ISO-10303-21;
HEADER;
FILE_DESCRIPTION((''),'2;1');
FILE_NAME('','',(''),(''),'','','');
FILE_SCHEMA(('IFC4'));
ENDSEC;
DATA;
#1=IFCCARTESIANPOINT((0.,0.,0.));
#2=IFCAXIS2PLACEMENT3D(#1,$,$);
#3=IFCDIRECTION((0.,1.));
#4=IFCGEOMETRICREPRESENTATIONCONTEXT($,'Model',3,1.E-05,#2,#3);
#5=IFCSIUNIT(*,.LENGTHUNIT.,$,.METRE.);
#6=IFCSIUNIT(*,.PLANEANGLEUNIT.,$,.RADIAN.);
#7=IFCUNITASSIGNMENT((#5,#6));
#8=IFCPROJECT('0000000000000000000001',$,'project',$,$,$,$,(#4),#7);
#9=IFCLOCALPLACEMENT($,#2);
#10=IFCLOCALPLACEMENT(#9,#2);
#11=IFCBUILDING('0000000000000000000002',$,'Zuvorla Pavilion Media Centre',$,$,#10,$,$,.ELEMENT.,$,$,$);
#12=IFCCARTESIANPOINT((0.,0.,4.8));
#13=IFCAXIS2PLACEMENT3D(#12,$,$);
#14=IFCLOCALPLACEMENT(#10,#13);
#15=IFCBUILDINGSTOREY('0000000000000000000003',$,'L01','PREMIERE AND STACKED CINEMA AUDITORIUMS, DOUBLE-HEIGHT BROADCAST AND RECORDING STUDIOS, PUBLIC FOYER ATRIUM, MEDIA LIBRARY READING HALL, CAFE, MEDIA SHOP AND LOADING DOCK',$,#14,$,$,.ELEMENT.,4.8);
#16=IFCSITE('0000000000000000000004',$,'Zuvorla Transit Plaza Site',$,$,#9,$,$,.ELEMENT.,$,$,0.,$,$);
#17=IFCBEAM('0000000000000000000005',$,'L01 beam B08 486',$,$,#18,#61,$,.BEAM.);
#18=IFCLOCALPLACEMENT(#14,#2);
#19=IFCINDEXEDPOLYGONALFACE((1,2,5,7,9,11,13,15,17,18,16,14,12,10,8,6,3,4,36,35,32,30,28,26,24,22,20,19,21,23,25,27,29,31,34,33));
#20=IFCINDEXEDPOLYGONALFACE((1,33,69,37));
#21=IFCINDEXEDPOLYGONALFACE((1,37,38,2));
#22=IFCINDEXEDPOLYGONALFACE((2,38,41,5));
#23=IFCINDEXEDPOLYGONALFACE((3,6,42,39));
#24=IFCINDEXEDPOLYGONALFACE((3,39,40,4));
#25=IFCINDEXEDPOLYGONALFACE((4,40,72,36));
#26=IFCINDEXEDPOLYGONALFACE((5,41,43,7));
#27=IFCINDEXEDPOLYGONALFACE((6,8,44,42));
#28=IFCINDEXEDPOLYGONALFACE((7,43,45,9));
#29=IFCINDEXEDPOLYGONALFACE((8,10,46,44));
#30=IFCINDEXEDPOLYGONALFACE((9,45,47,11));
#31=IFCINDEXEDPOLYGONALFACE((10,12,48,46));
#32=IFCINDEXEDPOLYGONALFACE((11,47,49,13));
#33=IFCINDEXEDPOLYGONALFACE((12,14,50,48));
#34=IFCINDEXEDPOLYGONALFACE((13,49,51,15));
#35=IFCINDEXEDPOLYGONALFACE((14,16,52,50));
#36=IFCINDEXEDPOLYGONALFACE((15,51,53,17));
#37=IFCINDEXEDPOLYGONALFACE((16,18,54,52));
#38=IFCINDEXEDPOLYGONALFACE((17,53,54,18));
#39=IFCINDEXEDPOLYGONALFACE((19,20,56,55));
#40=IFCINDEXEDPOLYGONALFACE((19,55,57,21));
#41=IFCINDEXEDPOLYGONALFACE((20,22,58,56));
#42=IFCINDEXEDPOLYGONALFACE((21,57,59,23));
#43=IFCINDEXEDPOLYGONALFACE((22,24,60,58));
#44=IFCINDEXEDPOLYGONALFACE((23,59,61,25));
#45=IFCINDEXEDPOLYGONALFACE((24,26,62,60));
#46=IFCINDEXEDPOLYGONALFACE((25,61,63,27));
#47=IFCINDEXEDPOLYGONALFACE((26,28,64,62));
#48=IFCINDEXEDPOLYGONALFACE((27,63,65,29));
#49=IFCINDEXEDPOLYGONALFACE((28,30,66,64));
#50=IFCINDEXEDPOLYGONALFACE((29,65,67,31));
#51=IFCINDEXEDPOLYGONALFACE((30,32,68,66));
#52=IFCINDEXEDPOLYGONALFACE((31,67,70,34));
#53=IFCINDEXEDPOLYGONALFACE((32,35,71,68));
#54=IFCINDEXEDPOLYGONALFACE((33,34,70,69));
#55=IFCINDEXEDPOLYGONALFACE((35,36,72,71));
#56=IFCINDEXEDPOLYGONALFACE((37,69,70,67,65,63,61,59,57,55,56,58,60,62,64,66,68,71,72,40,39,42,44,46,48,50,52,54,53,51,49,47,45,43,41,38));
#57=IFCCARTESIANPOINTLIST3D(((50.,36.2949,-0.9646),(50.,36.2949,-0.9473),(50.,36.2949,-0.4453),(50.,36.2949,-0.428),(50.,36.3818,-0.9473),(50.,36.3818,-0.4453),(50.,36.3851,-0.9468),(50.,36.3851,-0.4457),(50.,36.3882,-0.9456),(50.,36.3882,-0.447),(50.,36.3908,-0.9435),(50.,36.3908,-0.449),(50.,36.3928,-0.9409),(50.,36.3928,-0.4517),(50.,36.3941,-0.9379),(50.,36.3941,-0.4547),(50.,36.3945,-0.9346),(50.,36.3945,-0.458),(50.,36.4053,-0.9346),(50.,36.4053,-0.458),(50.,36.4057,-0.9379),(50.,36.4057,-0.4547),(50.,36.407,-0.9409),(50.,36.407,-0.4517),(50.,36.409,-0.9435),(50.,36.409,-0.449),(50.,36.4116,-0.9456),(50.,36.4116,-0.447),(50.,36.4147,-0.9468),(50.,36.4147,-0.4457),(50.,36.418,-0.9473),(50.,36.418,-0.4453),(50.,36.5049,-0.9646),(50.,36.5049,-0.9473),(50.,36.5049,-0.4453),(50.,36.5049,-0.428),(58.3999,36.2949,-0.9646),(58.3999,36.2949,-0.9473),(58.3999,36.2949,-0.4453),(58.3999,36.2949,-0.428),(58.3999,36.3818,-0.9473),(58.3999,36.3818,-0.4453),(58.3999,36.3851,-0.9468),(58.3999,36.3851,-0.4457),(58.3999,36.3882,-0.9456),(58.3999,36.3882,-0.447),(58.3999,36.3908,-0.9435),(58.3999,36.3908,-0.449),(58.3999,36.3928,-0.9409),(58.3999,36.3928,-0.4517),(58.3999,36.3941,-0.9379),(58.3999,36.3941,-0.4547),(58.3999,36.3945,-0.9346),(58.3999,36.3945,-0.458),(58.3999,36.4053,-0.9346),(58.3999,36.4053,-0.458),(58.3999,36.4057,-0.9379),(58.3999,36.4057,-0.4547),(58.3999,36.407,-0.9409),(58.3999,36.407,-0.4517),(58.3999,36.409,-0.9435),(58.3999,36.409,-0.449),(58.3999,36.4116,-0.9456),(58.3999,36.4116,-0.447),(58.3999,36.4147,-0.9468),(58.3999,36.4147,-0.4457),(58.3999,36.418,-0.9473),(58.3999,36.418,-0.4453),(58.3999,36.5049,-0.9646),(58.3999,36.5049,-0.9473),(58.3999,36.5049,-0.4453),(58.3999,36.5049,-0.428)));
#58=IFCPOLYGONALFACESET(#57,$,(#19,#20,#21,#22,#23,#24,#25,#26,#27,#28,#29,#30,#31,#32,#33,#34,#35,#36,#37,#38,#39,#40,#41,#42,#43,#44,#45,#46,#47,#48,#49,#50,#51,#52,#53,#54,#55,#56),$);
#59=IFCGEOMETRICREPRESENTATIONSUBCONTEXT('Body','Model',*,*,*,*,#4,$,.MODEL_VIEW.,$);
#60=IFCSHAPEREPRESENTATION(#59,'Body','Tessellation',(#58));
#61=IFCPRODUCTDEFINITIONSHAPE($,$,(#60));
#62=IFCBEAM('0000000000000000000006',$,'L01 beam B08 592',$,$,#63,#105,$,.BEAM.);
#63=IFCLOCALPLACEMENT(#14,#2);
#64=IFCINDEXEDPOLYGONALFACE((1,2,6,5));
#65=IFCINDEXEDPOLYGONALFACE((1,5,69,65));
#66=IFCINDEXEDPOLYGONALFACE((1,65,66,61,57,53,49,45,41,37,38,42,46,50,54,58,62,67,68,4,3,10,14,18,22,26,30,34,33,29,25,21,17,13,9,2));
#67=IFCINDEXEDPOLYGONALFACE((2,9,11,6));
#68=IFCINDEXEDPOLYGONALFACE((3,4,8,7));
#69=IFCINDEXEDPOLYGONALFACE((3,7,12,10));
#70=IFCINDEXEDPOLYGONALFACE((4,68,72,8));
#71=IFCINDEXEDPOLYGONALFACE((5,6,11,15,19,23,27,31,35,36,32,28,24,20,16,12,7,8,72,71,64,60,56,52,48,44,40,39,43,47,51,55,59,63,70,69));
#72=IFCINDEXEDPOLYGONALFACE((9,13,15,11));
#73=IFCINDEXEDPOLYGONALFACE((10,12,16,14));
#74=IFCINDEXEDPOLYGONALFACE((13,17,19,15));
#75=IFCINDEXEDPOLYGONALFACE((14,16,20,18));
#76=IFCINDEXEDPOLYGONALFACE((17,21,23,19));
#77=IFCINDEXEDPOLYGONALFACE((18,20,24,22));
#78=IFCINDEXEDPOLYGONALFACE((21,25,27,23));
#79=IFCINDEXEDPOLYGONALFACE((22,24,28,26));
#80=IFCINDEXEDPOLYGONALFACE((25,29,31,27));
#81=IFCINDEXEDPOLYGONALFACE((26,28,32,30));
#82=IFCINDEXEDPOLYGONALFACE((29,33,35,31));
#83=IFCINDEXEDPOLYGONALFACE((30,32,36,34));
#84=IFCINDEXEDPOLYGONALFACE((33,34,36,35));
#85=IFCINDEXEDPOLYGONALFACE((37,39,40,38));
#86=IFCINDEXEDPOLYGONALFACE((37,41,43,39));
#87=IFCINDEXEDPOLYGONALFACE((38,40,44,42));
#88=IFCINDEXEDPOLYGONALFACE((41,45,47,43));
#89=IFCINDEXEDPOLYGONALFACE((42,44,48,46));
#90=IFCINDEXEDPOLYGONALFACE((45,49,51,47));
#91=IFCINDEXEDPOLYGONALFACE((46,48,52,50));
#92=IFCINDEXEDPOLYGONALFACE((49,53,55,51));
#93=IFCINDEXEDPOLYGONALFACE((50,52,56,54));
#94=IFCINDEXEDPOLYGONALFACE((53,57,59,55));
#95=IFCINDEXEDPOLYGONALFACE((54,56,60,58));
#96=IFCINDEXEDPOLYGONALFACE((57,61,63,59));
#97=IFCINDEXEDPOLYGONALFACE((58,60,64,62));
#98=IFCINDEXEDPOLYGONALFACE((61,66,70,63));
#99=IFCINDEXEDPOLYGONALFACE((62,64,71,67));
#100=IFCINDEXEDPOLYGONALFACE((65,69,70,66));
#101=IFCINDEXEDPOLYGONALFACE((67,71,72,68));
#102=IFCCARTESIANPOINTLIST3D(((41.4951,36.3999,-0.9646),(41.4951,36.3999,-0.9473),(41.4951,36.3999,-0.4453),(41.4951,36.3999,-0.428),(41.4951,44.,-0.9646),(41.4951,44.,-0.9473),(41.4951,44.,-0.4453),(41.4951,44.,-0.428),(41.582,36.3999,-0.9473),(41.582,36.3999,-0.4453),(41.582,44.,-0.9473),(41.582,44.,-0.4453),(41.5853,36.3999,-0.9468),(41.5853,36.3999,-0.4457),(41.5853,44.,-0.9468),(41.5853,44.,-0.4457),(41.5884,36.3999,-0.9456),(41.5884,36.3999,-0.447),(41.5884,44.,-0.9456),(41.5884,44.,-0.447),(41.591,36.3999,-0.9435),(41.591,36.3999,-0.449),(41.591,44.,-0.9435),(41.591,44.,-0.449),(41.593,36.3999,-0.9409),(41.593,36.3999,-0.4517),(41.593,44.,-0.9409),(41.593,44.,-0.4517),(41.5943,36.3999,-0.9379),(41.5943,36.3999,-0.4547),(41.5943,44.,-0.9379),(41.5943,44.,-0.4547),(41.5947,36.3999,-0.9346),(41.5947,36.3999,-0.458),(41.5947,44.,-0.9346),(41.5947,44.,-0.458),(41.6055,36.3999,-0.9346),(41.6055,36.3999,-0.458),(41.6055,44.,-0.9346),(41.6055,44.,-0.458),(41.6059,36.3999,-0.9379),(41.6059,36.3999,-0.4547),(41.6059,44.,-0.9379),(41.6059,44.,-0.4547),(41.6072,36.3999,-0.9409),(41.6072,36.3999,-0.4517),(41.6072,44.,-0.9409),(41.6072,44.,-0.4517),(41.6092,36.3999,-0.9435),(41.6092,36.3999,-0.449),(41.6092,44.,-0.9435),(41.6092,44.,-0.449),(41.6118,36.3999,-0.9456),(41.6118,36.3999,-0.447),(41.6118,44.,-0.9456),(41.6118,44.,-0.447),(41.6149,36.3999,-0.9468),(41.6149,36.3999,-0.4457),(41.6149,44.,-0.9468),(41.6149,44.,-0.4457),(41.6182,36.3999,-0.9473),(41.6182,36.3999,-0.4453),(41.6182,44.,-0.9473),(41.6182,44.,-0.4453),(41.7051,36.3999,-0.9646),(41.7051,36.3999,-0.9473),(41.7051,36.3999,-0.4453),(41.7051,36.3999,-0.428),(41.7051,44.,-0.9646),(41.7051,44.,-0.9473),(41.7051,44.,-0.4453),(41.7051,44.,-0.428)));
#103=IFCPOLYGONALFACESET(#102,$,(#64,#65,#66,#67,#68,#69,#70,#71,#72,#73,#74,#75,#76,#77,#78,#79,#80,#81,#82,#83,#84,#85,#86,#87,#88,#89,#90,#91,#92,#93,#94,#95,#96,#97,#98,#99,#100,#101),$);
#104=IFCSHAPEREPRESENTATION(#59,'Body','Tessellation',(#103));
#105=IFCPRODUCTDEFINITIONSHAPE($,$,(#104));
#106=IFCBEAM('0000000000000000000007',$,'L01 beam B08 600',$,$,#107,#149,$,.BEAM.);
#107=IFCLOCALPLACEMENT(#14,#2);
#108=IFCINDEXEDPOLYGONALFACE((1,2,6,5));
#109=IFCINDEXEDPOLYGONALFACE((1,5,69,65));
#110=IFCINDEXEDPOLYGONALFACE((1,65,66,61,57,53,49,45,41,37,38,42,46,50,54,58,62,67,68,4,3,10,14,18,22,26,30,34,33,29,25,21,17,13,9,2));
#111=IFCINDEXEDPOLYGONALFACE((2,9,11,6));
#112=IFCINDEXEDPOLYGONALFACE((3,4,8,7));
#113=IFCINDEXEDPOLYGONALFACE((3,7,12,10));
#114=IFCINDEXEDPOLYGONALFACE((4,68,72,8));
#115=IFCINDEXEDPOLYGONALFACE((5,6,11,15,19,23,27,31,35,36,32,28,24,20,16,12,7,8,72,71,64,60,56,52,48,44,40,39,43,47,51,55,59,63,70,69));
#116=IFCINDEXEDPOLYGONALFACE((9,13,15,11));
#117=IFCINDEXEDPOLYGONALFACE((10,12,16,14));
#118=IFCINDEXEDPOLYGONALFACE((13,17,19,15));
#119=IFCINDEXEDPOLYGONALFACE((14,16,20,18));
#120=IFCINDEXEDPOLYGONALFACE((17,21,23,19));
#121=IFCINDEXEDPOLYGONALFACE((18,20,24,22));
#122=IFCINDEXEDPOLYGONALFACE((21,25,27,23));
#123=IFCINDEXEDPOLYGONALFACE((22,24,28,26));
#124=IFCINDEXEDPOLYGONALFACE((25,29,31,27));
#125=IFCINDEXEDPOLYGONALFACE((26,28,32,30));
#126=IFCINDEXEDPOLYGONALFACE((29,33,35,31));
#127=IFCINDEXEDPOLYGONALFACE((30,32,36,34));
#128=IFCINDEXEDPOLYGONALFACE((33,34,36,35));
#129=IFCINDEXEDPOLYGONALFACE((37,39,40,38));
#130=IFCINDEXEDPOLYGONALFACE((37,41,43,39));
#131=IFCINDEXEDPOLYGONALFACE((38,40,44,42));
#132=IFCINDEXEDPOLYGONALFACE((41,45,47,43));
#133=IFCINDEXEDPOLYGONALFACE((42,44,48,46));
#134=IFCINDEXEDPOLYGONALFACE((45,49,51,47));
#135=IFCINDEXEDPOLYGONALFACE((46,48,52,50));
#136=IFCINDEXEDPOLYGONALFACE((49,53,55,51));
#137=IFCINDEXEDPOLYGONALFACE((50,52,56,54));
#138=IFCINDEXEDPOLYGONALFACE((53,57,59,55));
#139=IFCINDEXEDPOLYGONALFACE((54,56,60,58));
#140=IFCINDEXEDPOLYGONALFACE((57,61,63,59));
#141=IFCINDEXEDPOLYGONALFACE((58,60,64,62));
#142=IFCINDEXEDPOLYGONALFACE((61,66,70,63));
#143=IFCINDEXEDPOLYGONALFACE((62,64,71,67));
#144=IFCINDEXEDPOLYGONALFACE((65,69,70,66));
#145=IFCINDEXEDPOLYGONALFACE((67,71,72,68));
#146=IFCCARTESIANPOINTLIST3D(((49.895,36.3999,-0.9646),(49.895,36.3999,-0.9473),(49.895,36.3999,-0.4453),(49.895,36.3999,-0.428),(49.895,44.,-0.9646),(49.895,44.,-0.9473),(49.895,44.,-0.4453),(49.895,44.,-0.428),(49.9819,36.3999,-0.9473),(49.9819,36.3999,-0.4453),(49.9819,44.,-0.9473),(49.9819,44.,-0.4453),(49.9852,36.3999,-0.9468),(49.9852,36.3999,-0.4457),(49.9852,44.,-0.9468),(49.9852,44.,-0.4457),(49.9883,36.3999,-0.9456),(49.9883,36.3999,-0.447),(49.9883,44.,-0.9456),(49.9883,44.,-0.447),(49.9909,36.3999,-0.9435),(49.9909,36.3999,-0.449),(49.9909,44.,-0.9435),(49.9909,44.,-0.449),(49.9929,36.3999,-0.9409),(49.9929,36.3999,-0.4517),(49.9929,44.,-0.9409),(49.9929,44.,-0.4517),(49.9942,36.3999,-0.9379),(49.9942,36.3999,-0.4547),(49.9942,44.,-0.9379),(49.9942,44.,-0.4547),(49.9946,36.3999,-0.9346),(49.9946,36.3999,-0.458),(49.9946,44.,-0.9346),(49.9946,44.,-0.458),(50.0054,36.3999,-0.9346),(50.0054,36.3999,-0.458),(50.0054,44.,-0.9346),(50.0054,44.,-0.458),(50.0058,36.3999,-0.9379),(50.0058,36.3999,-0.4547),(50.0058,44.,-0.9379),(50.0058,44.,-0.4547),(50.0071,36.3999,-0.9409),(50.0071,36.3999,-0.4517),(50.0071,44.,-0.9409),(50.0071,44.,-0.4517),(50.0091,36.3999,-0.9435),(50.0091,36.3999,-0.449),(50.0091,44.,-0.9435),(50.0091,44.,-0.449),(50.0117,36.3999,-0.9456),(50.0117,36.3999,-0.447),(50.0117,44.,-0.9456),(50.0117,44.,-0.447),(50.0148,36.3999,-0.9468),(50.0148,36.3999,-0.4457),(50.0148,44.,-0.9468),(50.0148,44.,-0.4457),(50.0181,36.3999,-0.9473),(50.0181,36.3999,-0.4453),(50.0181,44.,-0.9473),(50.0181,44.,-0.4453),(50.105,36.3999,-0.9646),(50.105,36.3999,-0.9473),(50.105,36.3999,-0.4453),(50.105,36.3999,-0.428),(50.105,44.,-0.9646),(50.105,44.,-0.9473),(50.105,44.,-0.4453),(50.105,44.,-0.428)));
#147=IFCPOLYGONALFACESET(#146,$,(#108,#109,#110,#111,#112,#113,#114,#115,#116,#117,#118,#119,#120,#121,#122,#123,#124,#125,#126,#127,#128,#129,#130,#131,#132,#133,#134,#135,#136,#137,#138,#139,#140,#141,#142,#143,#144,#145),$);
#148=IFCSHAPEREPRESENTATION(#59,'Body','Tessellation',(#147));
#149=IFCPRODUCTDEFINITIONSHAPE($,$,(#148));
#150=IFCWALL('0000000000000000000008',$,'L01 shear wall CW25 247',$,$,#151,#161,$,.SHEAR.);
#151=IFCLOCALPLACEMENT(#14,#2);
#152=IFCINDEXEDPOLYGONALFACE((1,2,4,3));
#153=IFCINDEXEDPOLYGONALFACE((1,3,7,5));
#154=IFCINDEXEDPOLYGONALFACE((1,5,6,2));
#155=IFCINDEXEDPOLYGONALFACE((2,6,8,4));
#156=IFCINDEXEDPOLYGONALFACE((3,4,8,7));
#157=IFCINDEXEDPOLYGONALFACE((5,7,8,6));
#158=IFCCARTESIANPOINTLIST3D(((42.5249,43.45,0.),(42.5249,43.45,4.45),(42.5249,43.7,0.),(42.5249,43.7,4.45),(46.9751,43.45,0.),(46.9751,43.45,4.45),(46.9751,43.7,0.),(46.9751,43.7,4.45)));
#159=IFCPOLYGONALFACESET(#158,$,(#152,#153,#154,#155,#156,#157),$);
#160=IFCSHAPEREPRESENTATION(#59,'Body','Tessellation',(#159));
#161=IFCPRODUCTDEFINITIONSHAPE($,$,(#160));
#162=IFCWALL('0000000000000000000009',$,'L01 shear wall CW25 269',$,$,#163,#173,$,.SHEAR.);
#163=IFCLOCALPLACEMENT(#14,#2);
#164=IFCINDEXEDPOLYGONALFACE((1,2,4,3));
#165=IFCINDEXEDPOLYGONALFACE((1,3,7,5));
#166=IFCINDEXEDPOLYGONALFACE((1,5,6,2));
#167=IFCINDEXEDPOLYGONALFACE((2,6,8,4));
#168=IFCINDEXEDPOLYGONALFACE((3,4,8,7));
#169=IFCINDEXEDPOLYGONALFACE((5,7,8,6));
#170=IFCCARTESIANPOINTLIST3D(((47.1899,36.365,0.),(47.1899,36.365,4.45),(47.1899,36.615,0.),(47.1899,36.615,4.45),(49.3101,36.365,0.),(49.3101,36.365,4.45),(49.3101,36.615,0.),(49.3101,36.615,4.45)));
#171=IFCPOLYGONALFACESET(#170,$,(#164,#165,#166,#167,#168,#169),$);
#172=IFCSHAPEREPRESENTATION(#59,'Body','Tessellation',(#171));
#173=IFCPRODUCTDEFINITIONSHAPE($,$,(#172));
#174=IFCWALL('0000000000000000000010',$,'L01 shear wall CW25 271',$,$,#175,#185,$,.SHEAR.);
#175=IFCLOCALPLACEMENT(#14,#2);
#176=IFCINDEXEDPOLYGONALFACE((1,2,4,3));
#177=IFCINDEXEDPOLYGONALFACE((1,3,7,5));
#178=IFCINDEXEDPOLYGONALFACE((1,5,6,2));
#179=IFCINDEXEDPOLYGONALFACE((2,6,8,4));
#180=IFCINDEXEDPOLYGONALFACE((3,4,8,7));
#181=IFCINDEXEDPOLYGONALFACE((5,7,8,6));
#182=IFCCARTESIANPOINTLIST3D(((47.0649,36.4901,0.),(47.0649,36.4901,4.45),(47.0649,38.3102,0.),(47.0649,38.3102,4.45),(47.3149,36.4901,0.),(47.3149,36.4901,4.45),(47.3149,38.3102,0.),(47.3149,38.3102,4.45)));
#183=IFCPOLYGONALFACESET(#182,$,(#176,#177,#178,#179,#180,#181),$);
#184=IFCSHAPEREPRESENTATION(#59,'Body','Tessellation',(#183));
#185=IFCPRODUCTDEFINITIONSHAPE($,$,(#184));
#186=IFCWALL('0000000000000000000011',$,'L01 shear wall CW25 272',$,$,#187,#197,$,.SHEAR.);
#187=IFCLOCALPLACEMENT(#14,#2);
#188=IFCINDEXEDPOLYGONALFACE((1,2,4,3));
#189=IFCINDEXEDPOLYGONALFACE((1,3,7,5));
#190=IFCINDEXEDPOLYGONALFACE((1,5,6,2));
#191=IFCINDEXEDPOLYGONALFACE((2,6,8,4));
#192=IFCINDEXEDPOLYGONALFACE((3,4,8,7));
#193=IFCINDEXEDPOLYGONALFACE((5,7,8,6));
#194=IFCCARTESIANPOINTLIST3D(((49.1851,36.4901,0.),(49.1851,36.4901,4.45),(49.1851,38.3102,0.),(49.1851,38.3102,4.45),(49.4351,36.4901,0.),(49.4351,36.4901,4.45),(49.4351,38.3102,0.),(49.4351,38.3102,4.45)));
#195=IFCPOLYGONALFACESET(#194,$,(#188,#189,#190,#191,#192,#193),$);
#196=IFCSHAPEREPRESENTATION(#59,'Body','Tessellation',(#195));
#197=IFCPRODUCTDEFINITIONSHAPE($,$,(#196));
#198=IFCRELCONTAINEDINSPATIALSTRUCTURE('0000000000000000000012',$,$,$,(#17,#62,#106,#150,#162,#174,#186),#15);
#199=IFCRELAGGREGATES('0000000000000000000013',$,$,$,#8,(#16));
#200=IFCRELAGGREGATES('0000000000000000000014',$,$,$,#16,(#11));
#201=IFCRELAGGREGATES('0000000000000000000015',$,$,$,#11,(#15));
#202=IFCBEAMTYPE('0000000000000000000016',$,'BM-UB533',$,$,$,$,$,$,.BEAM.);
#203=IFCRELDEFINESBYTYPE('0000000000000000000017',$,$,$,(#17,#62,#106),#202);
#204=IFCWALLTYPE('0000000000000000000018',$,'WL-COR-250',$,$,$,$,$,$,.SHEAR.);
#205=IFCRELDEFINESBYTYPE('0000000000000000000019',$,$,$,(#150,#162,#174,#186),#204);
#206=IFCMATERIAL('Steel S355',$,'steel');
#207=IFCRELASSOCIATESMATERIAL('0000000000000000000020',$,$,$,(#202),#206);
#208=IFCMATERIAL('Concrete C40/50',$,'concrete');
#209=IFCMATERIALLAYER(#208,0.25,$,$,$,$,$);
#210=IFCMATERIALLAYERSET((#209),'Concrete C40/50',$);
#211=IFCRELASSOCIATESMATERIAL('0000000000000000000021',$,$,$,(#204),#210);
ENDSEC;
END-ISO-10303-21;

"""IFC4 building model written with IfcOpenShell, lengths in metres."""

from ifc_helpers import new_model, si_unit, direction, frame, frame_2d, origin, origin_2d, place, context, subcontext, project, spatial, rectangle, i_section, extrude, material, layer, layer_set, material_profile, profile_set, type_object, element, save


model = new_model("IFC4")

# Units and contexts
model_context = context("Model", 3, precision=1e-05, world=origin(), true_north=direction((0.0, 1.0)))
body_context = subcontext(model_context, "Body", "Model", "MODEL_VIEW")
ifc_project = project(units=[si_unit("LENGTHUNIT", "METRE"), si_unit("PLANEANGLEUNIT", "RADIAN")], contexts=[model_context])

# Site, building, storey
site_placement = place(None, origin())
site = spatial("IfcSite", under=ifc_project, at=site_placement, Name="Zuvorla Transit Plaza Site", CompositionType="ELEMENT", RefElevation=0.0)
building_placement = place(site_placement, origin())
building = spatial("IfcBuilding", under=site, at=building_placement, Name="Zuvorla Pavilion Media Centre", CompositionType="ELEMENT")
storey_placement = place(building_placement, frame((0.0, 0.0, 4.8)))
storey = spatial("IfcBuildingStorey", under=building, at=storey_placement, Name="L01", Description="PREMIERE AND STACKED CINEMA AUDITORIUMS, DOUBLE-HEIGHT BROADCAST AND RECORDING STUDIOS, PUBLIC FOYER ATRIUM, MEDIA LIBRARY READING HALL, CAFE, MEDIA SHOP AND LOADING DOCK", CompositionType="ELEMENT", Elevation=4.8)

# Shared definitions
ifc_material_1 = material(Name="Concrete C40/50", Category="concrete")
ifc_material_2 = material(Name="Steel S355", Category="steel")

# Beams
ifc_material_profile_1 = material_profile(ifc_material_2, i_section(OverallWidth=0.21, OverallDepth=0.5366, WebThickness=0.0107, FlangeThickness=0.0173, FilletRadius=0.0127, at=origin_2d()), Name="UB 533x210x101")
ifc_profile_set_1 = profile_set([ifc_material_profile_1], Name="Steel S355")
beam_type_1 = type_object("IfcBeamType", Name="BM-UB533", PredefinedType="BEAM", material=ifc_profile_set_1)
beam_1_placement = place(storey_placement, frame((50.0, 36.3999, -0.6963), z_axis=(1.0, 0.0, 0.0), x_axis=(0.0, 1.0, 0.0)))
element("IfcBeam", 1, at=beam_1_placement, inside=storey, type_object=beam_type_1, Name="L01 beam B08 486", PredefinedType="BEAM", context=body_context, shape_type="SweptSolid", body=[
    extrude(i_section(OverallWidth=0.21, OverallDepth=0.5366, WebThickness=0.0107, FlangeThickness=0.0173, FilletRadius=0.0127, at=origin_2d()), origin(), (0.0, 0.0, 1.0), 8.3999),
])
for number, where, z_axis, x_axis, name in (
    (2, (41.6001, 36.3999, -0.6963), (0.0, 1.0, 0.0), (-1.0, 0.0, 0.0), "L01 beam B08 592"),
    (3, (50.0, 36.3999, -0.6963), (0.0, 1.0, 0.0), (-1.0, 0.0, 0.0), "L01 beam B08 600"),
):
    element("IfcBeam", number, at=place(storey_placement, frame(where, z_axis=z_axis, x_axis=x_axis)), inside=storey, type_object=beam_type_1, Name=name, PredefinedType="BEAM", context=body_context, shape_type="SweptSolid", body=[
        extrude(i_section(OverallWidth=0.21, OverallDepth=0.5366, WebThickness=0.0107, FlangeThickness=0.0173, FilletRadius=0.0127, at=origin_2d()), origin(), (0.0, 0.0, 1.0), 7.6001),
    ])

# Walls
ifc_layer_1 = layer(ifc_material_1, 0.25)
ifc_layer_set_1 = layer_set([ifc_layer_1], Name="Concrete C40/50")
wall_type_1 = type_object("IfcWallType", Name="WL-COR-250", PredefinedType="SHEAR", material=ifc_layer_set_1)
wall_1_placement = place(storey_placement, frame((42.5249, 43.575, 0.0), z_axis=(0.0, 0.0, 1.0), x_axis=(1.0, 0.0, 0.0)))
element("IfcWall", 4, at=wall_1_placement, inside=storey, type_object=wall_type_1, Name="L01 shear wall CW25 247", PredefinedType="SHEAR", context=body_context, shape_type="SweptSolid", body=[
    extrude(rectangle(XDim=4.4502, YDim=0.25, at=frame_2d((2.2251, 0.0))), origin(), (0.0, 0.0, 1.0), 4.45),
])
wall_2_placement = place(storey_placement, frame((47.1899, 36.49, 0.0), z_axis=(0.0, 0.0, 1.0), x_axis=(1.0, 0.0, 0.0)))
element("IfcWall", 5, at=wall_2_placement, inside=storey, type_object=wall_type_1, Name="L01 shear wall CW25 269", PredefinedType="SHEAR", context=body_context, shape_type="SweptSolid", body=[
    extrude(rectangle(XDim=2.1201, YDim=0.25, at=frame_2d((1.0601, 0.0))), origin(), (0.0, 0.0, 1.0), 4.45),
])

# Walls
for number, where, z_axis, x_axis, name in (
    (6, (47.1899, 36.49, 0.0), (0.0, 0.0, 1.0), (0.0, 1.0, 0.0), "L01 shear wall CW25 271"),
    (7, (49.3101, 36.49, 0.0), (0.0, 0.0, 1.0), (0.0, 1.0, 0.0), "L01 shear wall CW25 272"),
):
    element("IfcWall", number, at=place(storey_placement, frame(where, z_axis=z_axis, x_axis=x_axis)), inside=storey, type_object=wall_type_1, Name=name, PredefinedType="SHEAR", context=body_context, shape_type="SweptSolid", body=[
        extrude(rectangle(XDim=1.8201, YDim=0.25, at=frame_2d((0.9102, 0.0))), origin(), (0.0, 0.0, 1.0), 4.45),
    ])

save(model, "model.ifc")
